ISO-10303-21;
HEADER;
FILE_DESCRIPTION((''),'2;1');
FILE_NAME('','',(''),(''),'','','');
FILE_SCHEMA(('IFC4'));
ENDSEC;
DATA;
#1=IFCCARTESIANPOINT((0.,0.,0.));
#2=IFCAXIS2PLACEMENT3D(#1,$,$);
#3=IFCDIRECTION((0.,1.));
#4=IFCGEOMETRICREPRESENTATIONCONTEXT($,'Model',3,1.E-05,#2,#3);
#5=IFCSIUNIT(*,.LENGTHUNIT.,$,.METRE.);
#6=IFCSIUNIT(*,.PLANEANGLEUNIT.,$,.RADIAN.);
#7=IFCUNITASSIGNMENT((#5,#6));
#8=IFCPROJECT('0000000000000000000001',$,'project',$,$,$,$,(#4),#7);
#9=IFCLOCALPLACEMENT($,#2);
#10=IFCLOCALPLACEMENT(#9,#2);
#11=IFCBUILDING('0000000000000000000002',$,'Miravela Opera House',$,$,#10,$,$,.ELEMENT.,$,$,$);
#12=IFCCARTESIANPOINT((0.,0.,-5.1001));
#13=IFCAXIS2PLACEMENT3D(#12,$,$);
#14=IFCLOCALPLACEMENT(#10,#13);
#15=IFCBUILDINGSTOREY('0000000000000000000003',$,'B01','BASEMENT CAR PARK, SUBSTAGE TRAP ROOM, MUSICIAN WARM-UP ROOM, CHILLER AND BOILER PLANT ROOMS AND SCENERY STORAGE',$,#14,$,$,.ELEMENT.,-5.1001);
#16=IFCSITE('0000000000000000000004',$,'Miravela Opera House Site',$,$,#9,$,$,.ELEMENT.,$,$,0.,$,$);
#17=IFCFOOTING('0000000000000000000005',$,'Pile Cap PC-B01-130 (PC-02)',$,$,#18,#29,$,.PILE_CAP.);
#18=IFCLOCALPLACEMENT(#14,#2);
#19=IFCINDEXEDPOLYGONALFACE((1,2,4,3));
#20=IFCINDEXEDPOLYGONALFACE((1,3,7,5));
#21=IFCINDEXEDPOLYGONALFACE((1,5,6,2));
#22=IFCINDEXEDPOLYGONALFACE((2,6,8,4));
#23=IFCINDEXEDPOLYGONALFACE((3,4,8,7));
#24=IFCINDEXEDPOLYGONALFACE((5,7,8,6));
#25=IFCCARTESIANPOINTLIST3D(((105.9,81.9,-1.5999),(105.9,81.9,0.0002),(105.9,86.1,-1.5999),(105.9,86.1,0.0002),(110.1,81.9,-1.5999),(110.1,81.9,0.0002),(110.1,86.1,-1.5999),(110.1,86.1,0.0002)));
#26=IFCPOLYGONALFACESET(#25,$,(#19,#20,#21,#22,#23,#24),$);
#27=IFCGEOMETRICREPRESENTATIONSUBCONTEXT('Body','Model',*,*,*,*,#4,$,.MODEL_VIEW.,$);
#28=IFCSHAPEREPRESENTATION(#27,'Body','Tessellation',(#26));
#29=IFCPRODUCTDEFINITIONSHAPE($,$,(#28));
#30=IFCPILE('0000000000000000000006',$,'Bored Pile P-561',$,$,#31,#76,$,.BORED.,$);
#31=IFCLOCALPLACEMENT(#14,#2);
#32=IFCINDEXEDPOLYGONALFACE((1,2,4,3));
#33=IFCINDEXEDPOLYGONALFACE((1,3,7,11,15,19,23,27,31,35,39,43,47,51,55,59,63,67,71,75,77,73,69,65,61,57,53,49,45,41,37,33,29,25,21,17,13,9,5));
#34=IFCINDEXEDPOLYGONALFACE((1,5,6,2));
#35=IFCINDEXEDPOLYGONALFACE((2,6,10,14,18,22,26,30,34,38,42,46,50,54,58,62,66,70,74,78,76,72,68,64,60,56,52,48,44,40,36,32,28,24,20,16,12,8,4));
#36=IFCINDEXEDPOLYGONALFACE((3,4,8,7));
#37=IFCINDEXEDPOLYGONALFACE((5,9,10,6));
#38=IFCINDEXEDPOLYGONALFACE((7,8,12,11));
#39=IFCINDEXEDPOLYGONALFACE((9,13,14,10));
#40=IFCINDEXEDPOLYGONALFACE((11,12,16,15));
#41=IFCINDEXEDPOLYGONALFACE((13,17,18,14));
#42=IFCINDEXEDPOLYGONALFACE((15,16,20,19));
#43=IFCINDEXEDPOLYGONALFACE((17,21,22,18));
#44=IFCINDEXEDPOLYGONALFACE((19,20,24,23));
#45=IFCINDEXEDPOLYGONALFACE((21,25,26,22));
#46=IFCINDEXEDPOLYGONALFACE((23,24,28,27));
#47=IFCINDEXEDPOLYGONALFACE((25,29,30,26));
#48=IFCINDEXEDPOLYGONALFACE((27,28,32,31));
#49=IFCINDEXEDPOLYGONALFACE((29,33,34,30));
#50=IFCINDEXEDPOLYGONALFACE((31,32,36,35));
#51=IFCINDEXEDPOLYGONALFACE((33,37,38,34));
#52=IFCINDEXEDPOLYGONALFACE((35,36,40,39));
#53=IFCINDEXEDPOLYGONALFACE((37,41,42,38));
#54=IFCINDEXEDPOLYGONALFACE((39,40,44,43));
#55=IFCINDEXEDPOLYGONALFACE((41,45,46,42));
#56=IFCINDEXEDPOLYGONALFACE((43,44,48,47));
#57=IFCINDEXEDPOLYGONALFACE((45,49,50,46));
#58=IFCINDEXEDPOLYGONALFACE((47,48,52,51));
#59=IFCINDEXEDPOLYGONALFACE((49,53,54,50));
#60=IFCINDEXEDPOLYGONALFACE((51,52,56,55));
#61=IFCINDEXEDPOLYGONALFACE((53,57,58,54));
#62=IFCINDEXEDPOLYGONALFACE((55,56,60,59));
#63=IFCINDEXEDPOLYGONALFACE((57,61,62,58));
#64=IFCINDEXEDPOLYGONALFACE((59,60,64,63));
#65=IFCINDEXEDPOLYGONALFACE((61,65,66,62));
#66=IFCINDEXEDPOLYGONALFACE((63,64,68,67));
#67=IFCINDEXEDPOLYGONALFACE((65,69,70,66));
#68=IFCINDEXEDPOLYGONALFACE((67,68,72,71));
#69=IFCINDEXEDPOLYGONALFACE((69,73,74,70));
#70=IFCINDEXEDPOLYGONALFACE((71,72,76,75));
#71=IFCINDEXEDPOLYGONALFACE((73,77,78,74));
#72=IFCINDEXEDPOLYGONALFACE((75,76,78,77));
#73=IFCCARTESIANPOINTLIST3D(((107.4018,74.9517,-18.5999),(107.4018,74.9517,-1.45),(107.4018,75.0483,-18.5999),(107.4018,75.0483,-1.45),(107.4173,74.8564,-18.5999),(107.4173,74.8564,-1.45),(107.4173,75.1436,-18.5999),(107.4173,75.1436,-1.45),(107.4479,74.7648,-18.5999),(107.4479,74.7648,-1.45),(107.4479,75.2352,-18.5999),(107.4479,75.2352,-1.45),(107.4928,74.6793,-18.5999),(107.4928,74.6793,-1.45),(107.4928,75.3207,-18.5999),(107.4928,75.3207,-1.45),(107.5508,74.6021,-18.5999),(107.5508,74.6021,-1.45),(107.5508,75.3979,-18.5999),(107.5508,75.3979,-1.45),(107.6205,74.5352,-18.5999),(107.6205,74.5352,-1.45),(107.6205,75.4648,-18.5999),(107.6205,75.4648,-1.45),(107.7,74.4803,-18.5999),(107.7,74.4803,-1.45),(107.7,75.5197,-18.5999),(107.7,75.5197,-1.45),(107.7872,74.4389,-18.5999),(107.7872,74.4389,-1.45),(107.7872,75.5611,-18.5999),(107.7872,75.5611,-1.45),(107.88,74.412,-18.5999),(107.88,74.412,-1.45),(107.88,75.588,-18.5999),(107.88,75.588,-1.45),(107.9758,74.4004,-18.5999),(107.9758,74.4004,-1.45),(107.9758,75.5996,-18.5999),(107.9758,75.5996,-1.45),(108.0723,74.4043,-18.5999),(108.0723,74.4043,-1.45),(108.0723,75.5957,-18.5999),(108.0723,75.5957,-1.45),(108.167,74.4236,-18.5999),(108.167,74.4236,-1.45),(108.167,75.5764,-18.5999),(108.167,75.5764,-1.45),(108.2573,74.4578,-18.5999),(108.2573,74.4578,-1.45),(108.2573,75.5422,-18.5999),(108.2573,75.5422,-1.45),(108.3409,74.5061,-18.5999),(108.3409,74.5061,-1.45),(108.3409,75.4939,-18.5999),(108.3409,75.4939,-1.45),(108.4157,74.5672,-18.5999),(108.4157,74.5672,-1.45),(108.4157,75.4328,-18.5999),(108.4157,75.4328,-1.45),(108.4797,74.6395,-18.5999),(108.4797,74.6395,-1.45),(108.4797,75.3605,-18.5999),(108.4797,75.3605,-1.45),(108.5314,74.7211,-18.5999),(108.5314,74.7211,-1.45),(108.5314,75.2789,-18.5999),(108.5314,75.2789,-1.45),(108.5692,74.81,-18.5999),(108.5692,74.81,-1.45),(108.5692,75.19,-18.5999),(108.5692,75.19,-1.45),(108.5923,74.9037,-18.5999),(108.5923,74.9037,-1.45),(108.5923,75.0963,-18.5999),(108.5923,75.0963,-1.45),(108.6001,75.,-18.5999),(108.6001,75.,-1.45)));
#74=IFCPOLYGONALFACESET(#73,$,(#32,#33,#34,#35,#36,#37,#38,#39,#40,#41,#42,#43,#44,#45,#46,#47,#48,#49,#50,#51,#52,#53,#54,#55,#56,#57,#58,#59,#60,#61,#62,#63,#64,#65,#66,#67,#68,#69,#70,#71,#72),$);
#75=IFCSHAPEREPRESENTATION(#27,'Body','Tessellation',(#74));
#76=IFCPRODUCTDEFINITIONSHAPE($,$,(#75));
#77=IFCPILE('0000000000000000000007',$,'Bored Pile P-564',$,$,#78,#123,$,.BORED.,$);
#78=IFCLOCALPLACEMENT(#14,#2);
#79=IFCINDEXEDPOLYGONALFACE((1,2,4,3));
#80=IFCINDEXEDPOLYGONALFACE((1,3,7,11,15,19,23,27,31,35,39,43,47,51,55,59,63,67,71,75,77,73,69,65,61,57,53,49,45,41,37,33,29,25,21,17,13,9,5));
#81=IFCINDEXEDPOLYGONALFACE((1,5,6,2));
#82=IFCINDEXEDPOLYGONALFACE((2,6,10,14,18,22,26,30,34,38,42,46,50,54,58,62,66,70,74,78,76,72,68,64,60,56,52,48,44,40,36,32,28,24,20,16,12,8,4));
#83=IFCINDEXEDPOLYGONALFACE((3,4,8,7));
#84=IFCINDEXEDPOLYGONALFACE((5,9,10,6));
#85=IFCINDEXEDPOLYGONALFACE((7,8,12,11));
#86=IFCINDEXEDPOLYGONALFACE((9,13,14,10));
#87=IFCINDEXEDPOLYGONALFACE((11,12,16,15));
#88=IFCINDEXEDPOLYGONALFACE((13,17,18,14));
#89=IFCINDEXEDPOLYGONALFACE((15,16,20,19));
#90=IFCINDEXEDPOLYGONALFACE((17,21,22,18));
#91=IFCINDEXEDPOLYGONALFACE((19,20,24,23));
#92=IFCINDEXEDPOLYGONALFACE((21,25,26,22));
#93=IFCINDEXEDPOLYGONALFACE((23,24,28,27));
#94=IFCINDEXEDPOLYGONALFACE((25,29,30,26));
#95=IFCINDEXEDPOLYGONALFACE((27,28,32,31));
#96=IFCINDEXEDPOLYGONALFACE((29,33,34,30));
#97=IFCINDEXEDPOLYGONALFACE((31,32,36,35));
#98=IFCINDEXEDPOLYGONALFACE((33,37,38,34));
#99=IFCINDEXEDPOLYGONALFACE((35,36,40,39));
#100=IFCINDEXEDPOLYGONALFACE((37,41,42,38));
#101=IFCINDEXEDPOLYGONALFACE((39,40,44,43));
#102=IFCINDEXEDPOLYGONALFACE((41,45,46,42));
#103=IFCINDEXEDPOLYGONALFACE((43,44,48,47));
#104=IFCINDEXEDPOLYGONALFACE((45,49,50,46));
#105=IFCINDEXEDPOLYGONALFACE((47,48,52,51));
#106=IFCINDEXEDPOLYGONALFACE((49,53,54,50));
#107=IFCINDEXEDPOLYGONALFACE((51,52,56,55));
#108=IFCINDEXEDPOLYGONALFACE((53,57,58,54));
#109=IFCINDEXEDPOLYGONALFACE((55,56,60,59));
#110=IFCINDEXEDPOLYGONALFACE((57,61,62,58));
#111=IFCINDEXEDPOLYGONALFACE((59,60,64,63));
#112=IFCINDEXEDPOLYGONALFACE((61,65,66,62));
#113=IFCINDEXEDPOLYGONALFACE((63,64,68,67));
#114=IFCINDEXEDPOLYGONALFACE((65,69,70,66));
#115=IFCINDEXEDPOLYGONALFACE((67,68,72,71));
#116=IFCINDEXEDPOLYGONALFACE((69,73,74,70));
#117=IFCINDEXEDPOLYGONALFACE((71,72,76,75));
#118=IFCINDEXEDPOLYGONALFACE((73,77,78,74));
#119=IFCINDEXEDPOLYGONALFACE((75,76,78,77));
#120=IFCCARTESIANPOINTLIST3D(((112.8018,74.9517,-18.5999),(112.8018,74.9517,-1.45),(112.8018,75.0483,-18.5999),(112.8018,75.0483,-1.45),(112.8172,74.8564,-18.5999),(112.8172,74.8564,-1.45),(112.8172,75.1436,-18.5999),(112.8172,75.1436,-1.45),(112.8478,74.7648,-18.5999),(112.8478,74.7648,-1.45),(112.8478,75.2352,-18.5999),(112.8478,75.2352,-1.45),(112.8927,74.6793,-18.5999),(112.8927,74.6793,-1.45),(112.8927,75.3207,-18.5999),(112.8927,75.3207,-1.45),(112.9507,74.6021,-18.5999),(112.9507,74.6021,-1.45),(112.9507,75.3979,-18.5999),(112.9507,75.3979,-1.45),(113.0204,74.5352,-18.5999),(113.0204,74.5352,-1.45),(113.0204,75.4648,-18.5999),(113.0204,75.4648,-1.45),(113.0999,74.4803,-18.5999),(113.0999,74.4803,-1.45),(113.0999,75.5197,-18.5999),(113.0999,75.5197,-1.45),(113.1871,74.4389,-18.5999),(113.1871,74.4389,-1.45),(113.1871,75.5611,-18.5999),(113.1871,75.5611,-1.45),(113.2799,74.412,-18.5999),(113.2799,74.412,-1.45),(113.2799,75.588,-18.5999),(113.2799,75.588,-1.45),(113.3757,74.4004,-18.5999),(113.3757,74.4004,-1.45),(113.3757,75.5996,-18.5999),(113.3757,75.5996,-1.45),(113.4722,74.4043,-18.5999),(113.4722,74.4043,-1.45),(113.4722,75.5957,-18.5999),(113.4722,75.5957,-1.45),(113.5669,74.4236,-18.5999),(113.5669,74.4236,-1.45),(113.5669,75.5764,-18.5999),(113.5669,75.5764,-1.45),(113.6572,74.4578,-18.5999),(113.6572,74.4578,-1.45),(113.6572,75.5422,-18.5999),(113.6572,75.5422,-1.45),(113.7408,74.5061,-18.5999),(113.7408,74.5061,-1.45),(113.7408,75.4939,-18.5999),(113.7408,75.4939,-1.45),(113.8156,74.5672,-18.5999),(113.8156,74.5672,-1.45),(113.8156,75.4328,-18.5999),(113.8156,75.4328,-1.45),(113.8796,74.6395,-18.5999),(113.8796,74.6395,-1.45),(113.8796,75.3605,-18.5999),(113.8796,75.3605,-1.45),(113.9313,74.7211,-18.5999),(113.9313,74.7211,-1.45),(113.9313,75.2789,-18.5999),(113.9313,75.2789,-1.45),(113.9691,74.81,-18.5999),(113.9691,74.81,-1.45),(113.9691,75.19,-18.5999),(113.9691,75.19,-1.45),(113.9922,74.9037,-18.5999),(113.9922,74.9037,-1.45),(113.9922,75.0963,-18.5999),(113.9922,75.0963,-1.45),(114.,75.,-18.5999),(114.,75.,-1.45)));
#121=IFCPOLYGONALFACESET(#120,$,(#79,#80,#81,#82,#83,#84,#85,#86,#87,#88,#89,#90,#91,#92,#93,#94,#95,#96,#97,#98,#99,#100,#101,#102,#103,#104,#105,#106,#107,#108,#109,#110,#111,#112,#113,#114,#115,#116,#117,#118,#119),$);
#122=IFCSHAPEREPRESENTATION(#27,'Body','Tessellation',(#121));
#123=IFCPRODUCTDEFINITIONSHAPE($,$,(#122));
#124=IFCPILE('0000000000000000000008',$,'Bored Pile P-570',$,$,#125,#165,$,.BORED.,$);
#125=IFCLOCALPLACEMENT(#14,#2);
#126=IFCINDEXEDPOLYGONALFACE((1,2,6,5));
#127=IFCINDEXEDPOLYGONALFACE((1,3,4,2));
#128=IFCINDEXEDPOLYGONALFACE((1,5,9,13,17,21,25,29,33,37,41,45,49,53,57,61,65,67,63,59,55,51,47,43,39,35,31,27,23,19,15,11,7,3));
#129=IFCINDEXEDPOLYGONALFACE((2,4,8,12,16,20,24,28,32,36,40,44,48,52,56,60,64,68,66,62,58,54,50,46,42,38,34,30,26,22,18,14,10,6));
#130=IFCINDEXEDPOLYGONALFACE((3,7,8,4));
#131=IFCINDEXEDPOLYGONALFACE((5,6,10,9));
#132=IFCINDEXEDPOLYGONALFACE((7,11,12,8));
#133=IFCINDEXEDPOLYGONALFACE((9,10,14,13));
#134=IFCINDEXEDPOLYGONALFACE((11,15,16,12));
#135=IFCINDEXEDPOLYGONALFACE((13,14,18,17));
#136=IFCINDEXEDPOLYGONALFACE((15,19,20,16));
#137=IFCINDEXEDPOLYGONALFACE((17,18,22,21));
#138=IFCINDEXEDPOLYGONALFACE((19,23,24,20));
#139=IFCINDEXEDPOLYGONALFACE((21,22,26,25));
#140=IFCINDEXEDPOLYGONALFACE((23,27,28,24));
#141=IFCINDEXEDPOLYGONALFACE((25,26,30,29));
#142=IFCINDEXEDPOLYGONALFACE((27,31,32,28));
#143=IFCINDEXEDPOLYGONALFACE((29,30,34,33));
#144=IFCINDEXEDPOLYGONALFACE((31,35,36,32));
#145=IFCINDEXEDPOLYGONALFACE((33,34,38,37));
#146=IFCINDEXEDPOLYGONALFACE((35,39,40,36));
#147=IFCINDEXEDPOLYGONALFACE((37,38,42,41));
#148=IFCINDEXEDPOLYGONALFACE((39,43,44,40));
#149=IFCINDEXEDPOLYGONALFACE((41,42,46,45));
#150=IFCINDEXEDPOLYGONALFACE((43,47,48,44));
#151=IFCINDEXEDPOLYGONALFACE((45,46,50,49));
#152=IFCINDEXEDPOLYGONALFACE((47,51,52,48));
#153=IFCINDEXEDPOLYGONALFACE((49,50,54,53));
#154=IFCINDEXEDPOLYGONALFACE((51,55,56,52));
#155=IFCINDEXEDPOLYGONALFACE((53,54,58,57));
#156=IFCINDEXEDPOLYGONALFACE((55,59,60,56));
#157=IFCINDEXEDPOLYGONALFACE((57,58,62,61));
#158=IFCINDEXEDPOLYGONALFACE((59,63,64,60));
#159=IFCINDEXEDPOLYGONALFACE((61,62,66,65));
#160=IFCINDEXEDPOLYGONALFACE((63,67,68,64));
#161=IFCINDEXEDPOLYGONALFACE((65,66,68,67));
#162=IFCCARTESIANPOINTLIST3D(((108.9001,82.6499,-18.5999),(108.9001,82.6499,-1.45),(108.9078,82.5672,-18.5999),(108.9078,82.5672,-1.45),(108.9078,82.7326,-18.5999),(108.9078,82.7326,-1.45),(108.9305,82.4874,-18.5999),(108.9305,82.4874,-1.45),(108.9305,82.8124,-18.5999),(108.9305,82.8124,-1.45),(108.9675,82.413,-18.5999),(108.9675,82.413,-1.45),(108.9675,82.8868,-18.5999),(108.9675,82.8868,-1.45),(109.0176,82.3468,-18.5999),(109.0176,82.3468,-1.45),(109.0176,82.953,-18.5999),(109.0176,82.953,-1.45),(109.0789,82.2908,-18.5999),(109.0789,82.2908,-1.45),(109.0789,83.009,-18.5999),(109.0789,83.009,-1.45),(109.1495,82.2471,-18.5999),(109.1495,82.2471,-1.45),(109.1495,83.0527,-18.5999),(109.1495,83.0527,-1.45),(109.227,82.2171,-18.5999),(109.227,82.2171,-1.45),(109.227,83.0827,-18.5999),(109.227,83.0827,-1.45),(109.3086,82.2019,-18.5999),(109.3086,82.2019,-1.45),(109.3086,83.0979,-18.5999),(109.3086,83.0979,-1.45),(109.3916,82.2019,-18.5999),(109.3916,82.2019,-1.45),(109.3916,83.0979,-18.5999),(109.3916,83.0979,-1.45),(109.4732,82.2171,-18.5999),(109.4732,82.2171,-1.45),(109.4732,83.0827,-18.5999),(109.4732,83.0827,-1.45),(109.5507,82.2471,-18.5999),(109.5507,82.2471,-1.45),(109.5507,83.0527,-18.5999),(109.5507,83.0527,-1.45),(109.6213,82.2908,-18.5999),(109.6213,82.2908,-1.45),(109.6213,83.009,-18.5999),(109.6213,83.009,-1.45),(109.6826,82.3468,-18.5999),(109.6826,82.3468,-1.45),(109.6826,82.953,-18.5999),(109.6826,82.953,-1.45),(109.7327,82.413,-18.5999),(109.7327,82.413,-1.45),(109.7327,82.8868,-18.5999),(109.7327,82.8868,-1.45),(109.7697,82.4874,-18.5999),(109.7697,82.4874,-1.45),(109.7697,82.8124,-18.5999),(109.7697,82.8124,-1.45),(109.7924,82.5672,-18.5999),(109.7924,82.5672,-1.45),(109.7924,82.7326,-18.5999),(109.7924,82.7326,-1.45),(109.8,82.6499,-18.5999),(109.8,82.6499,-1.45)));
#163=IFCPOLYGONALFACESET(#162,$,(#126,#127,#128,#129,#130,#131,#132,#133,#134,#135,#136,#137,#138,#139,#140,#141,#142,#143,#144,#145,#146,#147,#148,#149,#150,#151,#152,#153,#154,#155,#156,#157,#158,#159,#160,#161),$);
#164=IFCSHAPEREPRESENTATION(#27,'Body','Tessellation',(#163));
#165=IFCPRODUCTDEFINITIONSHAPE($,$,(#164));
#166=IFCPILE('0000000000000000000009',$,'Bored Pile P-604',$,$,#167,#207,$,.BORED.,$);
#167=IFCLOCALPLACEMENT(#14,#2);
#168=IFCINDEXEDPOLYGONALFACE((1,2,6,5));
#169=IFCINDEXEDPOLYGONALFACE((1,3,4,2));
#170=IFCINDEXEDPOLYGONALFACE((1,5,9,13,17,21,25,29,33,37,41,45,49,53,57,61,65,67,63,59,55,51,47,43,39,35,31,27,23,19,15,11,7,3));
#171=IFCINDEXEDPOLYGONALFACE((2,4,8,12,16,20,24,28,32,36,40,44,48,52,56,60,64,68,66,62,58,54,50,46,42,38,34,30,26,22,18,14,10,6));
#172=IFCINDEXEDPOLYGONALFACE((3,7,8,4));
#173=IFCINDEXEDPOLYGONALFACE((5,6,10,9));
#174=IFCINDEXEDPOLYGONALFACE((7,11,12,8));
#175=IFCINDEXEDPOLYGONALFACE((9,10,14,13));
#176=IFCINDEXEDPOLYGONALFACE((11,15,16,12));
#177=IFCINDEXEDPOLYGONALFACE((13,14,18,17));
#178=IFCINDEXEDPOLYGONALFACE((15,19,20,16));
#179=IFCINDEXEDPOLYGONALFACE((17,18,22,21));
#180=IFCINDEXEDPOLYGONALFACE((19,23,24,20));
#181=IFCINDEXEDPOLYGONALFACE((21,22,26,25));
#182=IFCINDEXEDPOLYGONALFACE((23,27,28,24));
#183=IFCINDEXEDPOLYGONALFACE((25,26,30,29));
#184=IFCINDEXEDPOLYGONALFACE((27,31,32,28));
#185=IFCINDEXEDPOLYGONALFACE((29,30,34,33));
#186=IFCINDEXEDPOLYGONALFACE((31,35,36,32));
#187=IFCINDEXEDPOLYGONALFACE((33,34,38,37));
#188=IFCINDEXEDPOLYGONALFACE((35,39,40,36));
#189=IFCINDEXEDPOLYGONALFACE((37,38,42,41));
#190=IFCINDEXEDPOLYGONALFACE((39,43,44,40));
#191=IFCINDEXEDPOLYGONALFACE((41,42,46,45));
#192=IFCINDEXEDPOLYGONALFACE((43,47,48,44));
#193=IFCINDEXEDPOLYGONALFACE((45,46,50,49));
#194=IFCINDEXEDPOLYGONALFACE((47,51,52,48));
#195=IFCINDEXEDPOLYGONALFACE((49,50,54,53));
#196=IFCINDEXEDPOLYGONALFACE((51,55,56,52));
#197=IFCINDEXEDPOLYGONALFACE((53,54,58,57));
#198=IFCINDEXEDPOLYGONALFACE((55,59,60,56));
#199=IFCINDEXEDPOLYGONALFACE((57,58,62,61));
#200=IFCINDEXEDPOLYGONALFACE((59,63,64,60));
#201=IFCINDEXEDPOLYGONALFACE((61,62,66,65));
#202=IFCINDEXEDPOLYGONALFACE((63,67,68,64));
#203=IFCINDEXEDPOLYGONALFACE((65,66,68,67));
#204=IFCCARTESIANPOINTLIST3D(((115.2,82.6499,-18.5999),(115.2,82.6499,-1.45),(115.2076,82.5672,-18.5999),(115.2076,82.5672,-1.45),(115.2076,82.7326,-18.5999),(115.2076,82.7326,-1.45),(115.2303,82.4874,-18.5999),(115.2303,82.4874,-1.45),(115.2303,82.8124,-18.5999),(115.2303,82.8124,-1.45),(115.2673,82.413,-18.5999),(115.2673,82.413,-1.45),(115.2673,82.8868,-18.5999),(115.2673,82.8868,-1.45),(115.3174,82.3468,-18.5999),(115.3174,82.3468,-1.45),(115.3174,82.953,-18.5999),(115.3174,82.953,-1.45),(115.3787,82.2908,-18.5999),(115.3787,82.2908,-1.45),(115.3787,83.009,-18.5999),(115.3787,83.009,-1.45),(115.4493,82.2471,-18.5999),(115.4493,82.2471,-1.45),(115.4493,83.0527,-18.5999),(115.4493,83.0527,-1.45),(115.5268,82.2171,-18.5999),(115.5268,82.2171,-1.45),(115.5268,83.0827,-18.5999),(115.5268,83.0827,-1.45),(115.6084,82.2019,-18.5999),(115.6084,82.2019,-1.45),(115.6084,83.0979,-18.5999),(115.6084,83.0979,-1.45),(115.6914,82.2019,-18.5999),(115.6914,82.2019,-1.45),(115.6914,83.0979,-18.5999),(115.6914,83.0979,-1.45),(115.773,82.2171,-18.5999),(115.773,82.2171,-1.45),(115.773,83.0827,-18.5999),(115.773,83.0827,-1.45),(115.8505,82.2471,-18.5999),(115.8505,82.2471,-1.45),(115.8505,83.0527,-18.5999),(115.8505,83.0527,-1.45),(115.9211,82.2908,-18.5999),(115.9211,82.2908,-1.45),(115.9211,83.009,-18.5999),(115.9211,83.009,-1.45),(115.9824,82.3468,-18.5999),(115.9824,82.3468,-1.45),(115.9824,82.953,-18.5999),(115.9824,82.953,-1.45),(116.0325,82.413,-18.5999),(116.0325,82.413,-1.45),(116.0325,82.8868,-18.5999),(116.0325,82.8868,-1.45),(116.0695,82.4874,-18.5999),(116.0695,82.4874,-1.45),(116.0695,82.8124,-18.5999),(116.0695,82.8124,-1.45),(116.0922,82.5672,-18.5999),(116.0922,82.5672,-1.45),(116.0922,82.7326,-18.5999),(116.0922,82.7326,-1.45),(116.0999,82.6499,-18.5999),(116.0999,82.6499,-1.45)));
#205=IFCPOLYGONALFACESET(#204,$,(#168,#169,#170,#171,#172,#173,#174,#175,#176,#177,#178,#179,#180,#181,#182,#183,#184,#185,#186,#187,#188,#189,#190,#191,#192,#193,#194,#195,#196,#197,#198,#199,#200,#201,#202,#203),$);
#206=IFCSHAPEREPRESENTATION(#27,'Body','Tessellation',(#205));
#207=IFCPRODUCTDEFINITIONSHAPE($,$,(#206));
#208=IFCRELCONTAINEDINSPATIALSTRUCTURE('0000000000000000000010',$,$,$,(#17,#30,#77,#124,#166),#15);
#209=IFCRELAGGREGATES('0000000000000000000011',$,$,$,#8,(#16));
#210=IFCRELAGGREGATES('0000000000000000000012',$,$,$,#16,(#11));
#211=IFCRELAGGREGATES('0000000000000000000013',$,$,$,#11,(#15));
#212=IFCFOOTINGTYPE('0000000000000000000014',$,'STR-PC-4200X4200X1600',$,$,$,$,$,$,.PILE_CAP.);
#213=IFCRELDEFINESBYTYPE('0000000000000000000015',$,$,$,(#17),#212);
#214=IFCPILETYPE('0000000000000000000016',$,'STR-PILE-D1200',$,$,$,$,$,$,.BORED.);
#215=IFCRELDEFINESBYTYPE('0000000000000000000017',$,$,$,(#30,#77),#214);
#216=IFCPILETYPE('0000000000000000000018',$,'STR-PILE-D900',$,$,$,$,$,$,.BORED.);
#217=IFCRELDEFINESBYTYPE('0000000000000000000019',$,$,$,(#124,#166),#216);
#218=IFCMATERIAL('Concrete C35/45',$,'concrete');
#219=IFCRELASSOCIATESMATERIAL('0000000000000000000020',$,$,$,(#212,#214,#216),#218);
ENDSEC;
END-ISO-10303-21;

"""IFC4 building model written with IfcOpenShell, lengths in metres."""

from ifc_helpers import new_model, si_unit, direction, frame, origin, origin_2d, place, context, subcontext, project, spatial, rectangle, circle, extrude, material, material_profile, profile_set, type_object, element, save


model = new_model("IFC4")

# Units and contexts
model_context = context("Model", 3, precision=1e-05, world=origin(), true_north=direction((0.0, 1.0)))
body_context = subcontext(model_context, "Body", "Model", "MODEL_VIEW")
ifc_project = project(units=[si_unit("LENGTHUNIT", "METRE"), si_unit("PLANEANGLEUNIT", "RADIAN")], contexts=[model_context])

# Site, building, storey
site_placement = place(None, origin())
site = spatial("IfcSite", under=ifc_project, at=site_placement, Name="Miravela Opera House Site", CompositionType="ELEMENT", RefElevation=0.0)
building_placement = place(site_placement, origin())
building = spatial("IfcBuilding", under=site, at=building_placement, Name="Miravela Opera House", CompositionType="ELEMENT")
storey_placement = place(building_placement, frame((0.0, 0.0, -5.1001)))
storey = spatial("IfcBuildingStorey", under=building, at=storey_placement, Name="B01", Description="BASEMENT CAR PARK, SUBSTAGE TRAP ROOM, MUSICIAN WARM-UP ROOM, CHILLER AND BOILER PLANT ROOMS AND SCENERY STORAGE", CompositionType="ELEMENT", Elevation=-5.1001)

# Footing
ifc_material_1 = material(Name="Concrete C35/45", Category="concrete")
footing_type = type_object("IfcFootingType", Name="STR-PC-4200X4200X1600", PredefinedType="PILE_CAP", material=ifc_material_1)
footing_placement = place(storey_placement, frame((108.0, 84.0, -1.5999), z_axis=(0.0, 0.0, 1.0), x_axis=(1.0, 0.0, 0.0)))
element("IfcFooting", 1, at=footing_placement, inside=storey, type_object=footing_type, Name="Pile Cap PC-B01-130 (PC-02)", PredefinedType="PILE_CAP", context=body_context, shape_type="SweptSolid", body=[
    extrude(rectangle(XDim=4.2, YDim=4.2, at=origin_2d()), origin(), (0.0, 0.0, 1.0), 1.6001),
])

# Piles
ifc_material_profile_1 = material_profile(ifc_material_1, circle(Radius=0.6001, at=origin_2d()), Name="PILE-D1200")
ifc_profile_set_1 = profile_set([ifc_material_profile_1])
pile_type_1 = type_object("IfcPileType", Name="STR-PILE-D1200", PredefinedType="BORED", material=ifc_profile_set_1)
for number, where, z_axis, x_axis, name in (
    (2, (108.0, 75.0, -1.45), (0.0, 0.0, -1.0), (1.0, 0.0, 0.0), "Bored Pile P-561"),
    (3, (113.3999, 75.0, -1.45), (0.0, 0.0, -1.0), (1.0, 0.0, 0.0), "Bored Pile P-564"),
):
    element("IfcPile", number, at=place(storey_placement, frame(where, z_axis=z_axis, x_axis=x_axis)), inside=storey, type_object=pile_type_1, Name=name, PredefinedType="BORED", context=body_context, shape_type="SweptSolid", body=[
        extrude(circle(Radius=0.6001, at=origin_2d()), origin(), (0.0, 0.0, 1.0), 17.1499),
    ])
ifc_material_profile_2 = material_profile(ifc_material_1, circle(Radius=0.45, at=origin_2d()), Name="PILE-D900")
ifc_profile_set_2 = profile_set([ifc_material_profile_2])
pile_type_2 = type_object("IfcPileType", Name="STR-PILE-D900", PredefinedType="BORED", material=ifc_profile_set_2)
for number, where, z_axis, x_axis, name in (
    (4, (109.3501, 82.6499, -1.45), (0.0, 0.0, -1.0), (1.0, 0.0, 0.0), "Bored Pile P-570"),
    (5, (115.6499, 82.6499, -1.45), (0.0, 0.0, -1.0), (1.0, 0.0, 0.0), "Bored Pile P-604"),
):
    element("IfcPile", number, at=place(storey_placement, frame(where, z_axis=z_axis, x_axis=x_axis)), inside=storey, type_object=pile_type_2, Name=name, PredefinedType="BORED", context=body_context, shape_type="SweptSolid", body=[
        extrude(circle(Radius=0.45, at=origin_2d()), origin(), (0.0, 0.0, 1.0), 17.1499),
    ])

save(model, "model.ifc")
